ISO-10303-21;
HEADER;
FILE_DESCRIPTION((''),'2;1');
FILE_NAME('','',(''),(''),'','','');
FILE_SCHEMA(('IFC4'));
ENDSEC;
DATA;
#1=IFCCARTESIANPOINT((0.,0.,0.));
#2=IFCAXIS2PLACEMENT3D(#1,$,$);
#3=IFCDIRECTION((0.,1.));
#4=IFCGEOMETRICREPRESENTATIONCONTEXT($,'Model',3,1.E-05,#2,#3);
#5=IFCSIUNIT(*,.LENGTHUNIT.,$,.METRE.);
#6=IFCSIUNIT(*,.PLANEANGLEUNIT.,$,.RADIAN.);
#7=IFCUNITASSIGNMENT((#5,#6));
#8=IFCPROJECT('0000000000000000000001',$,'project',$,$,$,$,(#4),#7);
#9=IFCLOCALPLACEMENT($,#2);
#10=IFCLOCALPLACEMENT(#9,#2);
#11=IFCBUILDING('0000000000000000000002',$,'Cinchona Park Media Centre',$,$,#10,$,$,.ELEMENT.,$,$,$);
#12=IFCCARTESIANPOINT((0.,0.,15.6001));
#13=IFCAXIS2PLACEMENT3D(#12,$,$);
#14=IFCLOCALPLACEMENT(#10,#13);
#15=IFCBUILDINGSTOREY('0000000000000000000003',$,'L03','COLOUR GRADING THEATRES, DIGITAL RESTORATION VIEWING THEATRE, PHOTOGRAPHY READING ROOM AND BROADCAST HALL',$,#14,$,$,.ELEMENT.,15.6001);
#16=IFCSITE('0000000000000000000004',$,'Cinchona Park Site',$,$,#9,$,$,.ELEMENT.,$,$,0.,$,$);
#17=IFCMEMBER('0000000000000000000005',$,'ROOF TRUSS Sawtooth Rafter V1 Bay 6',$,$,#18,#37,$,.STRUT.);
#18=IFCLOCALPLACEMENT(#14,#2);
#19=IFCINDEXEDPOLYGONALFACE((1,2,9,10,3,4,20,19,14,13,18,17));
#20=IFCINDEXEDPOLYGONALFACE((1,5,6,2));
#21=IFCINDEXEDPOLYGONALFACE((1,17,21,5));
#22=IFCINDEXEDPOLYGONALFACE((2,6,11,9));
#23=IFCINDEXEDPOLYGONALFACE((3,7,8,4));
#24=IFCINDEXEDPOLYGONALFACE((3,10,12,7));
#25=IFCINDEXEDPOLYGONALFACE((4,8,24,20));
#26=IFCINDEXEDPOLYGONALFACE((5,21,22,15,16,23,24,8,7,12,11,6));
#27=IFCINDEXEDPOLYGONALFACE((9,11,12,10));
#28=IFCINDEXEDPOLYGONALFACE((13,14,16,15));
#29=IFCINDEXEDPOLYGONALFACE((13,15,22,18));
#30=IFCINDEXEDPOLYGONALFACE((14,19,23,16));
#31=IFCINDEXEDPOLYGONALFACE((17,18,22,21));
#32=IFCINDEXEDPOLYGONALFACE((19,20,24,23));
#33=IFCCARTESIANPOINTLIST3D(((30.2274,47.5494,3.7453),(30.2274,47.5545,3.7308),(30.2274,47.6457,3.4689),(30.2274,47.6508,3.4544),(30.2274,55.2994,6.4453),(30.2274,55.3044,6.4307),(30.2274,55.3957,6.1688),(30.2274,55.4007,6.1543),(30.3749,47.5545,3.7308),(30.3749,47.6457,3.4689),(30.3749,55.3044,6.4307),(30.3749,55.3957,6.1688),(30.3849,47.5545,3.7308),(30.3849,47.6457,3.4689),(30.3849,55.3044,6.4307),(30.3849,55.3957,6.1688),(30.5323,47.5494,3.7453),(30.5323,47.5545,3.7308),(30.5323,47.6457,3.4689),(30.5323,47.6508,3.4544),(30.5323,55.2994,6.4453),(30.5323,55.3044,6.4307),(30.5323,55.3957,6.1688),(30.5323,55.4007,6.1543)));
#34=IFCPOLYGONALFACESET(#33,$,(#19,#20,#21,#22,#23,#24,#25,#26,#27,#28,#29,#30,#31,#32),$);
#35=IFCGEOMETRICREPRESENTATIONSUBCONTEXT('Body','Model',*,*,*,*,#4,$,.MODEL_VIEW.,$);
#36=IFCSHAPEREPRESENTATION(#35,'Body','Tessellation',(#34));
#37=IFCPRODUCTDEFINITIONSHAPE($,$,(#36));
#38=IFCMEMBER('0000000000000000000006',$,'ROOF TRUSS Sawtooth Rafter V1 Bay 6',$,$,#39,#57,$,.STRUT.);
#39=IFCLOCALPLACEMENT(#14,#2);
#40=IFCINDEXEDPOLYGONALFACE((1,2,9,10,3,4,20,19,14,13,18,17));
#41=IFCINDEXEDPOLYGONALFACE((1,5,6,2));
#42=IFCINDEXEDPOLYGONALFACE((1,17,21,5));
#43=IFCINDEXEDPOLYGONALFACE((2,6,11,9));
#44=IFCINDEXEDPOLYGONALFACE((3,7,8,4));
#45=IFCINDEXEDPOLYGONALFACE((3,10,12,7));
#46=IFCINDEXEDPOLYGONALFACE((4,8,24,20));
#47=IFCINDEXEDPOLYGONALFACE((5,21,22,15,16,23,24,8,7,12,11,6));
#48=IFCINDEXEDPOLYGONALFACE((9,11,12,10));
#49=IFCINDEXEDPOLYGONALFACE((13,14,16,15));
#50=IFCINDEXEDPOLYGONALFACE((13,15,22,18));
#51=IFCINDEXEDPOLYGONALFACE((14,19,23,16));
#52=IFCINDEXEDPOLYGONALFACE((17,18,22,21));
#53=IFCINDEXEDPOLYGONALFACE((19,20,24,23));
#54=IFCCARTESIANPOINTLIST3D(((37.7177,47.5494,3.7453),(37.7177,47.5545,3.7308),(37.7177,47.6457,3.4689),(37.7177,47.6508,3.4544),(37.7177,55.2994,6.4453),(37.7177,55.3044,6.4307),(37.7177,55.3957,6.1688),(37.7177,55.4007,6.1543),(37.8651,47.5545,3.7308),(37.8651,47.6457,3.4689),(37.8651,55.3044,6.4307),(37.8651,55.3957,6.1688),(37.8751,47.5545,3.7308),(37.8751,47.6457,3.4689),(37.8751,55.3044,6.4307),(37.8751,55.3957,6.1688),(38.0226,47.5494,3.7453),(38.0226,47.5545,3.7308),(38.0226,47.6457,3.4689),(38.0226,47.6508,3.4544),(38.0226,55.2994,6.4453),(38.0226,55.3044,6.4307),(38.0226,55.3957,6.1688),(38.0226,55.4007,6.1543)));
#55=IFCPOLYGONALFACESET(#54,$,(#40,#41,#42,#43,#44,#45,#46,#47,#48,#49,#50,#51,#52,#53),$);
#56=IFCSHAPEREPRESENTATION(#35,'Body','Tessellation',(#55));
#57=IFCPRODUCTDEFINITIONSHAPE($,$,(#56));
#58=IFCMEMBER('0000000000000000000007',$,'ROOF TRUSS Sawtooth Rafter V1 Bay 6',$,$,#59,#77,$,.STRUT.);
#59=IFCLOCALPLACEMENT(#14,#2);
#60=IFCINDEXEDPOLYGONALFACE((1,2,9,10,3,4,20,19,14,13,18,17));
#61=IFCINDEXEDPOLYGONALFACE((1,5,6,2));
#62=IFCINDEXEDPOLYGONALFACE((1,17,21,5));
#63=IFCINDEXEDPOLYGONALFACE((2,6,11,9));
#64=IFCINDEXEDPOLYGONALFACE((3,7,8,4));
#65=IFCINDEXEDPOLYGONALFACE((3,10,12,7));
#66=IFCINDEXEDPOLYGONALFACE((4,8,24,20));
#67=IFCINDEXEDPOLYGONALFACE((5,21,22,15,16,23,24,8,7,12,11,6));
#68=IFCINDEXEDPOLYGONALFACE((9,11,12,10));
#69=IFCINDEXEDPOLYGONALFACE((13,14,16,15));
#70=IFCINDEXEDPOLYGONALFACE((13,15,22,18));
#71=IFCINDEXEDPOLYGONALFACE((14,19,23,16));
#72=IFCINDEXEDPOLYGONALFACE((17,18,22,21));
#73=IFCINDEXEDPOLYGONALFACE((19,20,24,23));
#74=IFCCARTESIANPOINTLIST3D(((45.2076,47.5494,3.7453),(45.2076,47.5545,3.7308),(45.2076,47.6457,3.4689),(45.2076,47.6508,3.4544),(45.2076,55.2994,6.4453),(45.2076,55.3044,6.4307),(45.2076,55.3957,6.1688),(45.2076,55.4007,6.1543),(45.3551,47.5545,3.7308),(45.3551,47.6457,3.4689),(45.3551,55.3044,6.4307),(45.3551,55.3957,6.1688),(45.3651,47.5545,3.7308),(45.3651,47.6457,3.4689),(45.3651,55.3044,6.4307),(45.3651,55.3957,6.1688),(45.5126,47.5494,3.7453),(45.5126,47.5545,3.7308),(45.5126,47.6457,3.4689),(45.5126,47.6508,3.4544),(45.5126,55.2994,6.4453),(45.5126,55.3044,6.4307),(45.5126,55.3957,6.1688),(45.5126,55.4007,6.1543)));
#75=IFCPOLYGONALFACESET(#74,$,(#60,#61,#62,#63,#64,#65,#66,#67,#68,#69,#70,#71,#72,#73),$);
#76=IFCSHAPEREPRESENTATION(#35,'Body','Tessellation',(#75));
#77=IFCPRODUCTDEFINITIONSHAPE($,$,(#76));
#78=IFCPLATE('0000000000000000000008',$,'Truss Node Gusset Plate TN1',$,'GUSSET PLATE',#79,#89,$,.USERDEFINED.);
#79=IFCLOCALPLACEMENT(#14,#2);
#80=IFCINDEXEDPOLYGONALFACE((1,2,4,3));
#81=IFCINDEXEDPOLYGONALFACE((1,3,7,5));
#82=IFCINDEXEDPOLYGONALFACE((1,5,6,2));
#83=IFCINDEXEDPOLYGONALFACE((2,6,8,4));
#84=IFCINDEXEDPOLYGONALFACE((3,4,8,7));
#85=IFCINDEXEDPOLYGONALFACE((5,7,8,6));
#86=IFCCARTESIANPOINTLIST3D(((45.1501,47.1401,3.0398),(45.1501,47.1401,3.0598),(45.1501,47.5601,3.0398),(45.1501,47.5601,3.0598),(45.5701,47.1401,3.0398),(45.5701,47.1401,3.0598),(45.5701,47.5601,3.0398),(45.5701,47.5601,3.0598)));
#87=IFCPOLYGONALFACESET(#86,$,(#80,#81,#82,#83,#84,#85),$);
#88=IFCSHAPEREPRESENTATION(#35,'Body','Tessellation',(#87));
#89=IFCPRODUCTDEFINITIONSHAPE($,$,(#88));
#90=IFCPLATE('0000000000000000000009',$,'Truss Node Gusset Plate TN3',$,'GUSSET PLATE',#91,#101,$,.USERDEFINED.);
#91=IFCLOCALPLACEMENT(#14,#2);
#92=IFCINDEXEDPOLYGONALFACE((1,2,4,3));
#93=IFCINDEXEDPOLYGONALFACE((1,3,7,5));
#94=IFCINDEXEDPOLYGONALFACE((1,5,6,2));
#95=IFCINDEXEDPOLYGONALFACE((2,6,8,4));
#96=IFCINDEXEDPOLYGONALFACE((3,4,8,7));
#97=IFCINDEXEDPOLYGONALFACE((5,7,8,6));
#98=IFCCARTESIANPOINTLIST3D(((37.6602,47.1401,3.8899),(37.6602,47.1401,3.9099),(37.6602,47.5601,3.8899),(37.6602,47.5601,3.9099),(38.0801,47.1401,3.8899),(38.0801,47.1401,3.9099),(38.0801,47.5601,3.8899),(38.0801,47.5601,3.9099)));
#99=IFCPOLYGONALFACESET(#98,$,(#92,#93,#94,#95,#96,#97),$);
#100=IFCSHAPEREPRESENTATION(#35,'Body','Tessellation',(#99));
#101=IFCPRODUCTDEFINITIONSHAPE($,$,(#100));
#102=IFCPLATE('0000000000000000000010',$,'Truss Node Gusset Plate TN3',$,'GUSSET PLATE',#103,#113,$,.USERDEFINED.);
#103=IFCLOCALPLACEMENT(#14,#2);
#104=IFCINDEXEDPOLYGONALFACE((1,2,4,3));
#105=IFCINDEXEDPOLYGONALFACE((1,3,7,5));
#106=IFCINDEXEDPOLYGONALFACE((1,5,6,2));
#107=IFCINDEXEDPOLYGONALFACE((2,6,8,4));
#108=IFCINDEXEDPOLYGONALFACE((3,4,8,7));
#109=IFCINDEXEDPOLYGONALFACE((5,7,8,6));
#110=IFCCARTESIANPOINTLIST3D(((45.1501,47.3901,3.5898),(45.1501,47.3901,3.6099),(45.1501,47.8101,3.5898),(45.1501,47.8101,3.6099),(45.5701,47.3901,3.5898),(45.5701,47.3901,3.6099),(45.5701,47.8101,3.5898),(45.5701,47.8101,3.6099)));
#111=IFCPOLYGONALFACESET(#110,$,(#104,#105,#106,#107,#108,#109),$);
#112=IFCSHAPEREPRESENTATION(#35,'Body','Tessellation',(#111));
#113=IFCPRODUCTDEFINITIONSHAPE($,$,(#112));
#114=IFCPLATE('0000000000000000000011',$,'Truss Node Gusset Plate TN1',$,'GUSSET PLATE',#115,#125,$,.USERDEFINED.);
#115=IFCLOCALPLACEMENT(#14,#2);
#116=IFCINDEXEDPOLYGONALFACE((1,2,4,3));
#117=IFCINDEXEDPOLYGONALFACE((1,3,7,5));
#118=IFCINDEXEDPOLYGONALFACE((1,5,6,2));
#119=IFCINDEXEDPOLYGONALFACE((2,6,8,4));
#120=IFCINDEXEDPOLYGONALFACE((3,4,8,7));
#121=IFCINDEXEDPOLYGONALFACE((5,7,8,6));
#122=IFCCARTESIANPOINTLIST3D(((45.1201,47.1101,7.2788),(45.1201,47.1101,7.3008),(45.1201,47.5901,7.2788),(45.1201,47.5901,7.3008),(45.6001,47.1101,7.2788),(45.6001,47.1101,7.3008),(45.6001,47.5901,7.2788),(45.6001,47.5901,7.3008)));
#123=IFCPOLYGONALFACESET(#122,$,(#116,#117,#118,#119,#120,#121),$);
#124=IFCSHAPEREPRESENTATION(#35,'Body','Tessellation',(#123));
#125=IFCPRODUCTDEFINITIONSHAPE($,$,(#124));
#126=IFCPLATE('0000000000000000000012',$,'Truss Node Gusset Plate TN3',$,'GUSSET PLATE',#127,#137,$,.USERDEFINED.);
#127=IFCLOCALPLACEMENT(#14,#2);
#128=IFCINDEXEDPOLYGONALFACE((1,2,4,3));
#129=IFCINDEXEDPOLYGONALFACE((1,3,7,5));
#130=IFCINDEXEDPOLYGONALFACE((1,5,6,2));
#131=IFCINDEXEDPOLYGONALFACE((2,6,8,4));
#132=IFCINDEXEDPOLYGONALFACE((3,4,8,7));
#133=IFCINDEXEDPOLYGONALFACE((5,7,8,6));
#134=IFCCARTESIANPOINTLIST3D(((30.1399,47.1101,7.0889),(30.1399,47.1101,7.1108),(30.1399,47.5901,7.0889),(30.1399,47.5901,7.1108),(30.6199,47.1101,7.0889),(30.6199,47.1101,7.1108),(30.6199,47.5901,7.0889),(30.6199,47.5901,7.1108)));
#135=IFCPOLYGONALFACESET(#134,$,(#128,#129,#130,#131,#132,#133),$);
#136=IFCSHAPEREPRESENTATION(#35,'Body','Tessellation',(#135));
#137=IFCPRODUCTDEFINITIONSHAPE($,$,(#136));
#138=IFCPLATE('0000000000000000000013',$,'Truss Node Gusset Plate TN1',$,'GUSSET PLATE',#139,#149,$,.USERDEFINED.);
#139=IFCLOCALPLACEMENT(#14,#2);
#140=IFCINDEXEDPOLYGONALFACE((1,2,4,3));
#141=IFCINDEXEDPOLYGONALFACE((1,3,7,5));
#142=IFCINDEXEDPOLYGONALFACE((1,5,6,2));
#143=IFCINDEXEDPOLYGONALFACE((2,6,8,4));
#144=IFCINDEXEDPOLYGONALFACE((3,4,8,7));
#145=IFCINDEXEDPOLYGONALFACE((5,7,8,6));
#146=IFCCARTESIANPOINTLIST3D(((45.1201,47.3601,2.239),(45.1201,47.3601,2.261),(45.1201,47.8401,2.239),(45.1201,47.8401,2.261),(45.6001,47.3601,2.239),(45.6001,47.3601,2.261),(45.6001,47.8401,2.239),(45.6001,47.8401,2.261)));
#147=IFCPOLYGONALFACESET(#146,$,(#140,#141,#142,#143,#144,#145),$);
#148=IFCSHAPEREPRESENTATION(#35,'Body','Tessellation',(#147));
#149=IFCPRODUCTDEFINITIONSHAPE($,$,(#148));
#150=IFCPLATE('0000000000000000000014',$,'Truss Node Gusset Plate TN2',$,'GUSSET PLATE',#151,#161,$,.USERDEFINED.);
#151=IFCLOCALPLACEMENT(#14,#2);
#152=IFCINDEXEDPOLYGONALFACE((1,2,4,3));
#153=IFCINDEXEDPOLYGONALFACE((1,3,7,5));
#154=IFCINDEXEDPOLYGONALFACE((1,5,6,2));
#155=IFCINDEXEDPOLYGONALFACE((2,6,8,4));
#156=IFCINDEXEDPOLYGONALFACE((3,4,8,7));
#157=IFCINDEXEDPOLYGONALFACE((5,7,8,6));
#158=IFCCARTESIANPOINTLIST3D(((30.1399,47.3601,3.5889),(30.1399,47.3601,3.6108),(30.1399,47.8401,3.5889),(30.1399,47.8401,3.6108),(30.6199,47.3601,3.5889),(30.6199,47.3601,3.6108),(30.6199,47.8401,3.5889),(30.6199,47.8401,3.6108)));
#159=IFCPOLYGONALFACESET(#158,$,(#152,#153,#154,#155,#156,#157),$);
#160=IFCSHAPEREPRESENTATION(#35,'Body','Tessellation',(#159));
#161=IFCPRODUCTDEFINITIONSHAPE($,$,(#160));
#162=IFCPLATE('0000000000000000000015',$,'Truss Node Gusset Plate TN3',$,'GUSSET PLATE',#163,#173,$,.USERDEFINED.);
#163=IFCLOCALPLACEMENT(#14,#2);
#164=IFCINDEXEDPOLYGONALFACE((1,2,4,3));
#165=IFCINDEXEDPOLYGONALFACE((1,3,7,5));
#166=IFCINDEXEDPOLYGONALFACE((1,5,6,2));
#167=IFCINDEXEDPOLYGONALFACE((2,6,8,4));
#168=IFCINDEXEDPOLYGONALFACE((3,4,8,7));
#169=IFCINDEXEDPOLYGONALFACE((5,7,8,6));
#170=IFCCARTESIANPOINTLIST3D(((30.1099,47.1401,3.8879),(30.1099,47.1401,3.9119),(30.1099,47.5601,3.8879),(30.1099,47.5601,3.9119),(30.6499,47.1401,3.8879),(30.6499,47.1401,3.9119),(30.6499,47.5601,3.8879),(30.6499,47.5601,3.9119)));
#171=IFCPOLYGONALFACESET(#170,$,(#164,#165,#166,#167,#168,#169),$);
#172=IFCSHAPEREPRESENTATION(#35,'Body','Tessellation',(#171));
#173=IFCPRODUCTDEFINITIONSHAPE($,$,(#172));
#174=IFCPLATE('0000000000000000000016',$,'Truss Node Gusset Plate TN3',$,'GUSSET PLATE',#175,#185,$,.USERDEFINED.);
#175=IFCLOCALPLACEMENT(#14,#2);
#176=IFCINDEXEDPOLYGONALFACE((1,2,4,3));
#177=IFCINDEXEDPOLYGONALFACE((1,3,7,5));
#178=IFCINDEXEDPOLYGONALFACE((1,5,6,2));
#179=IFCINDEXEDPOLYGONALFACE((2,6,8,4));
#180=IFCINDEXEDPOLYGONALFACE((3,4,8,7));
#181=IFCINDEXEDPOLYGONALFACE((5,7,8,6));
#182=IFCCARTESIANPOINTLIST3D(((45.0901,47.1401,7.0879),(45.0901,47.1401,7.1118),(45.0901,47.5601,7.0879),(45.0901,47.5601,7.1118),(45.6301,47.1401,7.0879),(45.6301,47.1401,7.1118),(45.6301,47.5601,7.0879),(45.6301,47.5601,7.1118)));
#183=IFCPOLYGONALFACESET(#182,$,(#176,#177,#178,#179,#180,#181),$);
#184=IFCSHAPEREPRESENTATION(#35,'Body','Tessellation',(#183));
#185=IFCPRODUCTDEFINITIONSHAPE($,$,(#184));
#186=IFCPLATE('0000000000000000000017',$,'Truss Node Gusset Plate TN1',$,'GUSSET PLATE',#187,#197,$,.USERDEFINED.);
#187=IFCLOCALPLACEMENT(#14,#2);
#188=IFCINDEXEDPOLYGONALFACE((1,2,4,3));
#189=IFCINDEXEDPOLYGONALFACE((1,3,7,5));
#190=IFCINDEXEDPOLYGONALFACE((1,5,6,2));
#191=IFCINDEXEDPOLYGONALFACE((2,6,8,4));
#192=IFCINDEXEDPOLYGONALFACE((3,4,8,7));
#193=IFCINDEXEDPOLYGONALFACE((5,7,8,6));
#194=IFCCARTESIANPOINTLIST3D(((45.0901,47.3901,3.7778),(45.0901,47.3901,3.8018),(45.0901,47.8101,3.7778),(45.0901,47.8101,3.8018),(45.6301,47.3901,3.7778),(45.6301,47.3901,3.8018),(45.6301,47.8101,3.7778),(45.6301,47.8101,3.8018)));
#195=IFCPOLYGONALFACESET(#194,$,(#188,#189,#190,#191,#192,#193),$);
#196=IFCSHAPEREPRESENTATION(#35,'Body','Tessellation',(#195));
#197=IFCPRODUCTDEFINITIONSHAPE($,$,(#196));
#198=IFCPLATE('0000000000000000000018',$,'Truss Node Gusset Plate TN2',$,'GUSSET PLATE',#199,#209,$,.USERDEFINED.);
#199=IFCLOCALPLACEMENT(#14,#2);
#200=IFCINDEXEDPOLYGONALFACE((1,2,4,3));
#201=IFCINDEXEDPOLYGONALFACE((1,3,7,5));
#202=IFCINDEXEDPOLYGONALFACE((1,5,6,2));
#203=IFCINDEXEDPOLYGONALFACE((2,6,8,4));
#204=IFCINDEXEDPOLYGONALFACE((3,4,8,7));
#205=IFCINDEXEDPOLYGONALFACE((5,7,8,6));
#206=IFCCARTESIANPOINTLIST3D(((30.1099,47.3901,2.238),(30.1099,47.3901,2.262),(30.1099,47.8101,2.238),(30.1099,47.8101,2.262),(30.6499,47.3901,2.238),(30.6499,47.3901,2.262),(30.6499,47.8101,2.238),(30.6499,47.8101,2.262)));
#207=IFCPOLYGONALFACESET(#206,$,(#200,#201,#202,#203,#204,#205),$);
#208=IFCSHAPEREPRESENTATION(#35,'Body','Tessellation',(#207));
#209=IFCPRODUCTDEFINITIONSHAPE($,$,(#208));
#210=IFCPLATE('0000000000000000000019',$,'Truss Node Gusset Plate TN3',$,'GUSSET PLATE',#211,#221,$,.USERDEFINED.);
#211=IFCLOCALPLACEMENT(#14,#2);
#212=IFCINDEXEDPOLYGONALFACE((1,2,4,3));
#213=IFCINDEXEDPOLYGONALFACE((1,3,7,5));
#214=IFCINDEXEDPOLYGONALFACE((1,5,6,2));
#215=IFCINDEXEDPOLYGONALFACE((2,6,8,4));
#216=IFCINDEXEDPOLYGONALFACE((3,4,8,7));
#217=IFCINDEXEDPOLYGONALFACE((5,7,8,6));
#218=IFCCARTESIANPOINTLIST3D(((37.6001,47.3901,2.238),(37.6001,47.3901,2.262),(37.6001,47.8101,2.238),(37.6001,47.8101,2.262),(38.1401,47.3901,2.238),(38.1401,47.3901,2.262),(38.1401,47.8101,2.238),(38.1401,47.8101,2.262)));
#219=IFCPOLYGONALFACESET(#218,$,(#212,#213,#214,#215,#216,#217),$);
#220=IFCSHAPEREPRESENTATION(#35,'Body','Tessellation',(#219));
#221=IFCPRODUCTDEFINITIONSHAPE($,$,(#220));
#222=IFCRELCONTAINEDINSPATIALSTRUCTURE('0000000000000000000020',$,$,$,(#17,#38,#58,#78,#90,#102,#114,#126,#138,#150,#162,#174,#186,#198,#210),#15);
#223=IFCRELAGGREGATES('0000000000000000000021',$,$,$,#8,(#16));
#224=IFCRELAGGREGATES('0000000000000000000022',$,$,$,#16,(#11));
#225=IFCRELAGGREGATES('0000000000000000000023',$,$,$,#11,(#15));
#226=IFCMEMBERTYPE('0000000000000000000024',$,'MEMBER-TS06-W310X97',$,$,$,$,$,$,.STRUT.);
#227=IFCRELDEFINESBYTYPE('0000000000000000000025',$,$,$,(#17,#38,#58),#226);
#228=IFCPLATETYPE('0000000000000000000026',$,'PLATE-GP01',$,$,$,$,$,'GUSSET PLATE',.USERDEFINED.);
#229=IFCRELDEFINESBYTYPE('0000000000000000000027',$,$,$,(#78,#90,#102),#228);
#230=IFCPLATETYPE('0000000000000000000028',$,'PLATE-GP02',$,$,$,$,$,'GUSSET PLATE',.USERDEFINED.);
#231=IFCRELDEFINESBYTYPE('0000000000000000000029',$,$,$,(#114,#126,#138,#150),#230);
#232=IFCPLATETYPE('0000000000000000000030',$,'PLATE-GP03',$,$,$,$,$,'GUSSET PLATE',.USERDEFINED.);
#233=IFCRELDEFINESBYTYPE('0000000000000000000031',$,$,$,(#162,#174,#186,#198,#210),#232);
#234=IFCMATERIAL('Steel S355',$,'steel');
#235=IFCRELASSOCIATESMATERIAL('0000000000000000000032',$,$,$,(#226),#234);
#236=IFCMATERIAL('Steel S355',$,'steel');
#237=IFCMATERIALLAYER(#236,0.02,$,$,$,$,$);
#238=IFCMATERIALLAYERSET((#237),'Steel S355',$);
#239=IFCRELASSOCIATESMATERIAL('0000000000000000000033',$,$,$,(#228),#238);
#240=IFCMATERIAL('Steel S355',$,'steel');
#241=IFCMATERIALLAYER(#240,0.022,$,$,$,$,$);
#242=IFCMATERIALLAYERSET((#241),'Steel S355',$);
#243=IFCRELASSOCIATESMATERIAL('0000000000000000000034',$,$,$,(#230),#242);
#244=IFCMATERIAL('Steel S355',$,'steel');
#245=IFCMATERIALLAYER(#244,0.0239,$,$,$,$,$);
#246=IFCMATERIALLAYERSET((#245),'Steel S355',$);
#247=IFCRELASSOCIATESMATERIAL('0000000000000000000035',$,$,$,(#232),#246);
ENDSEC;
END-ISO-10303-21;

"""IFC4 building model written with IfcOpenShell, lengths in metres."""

from ifc_helpers import new_model, si_unit, direction, frame, origin, origin_2d, place, context, subcontext, project, spatial, rectangle, i_section, extrude, material, layer, layer_set, material_profile, profile_set, type_object, element, save


model = new_model("IFC4")

# Units and contexts
model_context = context("Model", 3, precision=1e-05, world=origin(), true_north=direction((0.0, 1.0)))
body_context = subcontext(model_context, "Body", "Model", "MODEL_VIEW")
ifc_project = project(units=[si_unit("LENGTHUNIT", "METRE"), si_unit("PLANEANGLEUNIT", "RADIAN")], contexts=[model_context])

# Site, building, storey
site_placement = place(None, origin())
site = spatial("IfcSite", under=ifc_project, at=site_placement, Name="Cinchona Park Site", CompositionType="ELEMENT", RefElevation=0.0)
building_placement = place(site_placement, origin())
building = spatial("IfcBuilding", under=site, at=building_placement, Name="Cinchona Park Media Centre", CompositionType="ELEMENT")
storey_placement = place(building_placement, frame((0.0, 0.0, 15.6001)))
storey = spatial("IfcBuildingStorey", under=building, at=storey_placement, Name="L03", Description="COLOUR GRADING THEATRES, DIGITAL RESTORATION VIEWING THEATRE, PHOTOGRAPHY READING ROOM AND BROADCAST HALL", CompositionType="ELEMENT", Elevation=15.6001)

# Members
ifc_material_1 = material(Name="Steel S355", Category="steel")
ifc_material_profile_1 = material_profile(ifc_material_1, i_section(OverallWidth=0.3049, OverallDepth=0.3081, WebThickness=0.01, FlangeThickness=0.0154, at=origin_2d()), Name="W310X97")
ifc_profile_set_1 = profile_set([ifc_material_profile_1], Name="Steel S355")
member_type_1 = type_object("IfcMemberType", Name="MEMBER-TS06-W310X97", PredefinedType="STRUT", material=ifc_profile_set_1)
for number, where, z_axis, x_axis, name in (
    (1, (30.3799, 47.6001, 3.5999), (0.0, 0.944334, 0.328988), (-1.0, 0.0, 0.0), "ROOF TRUSS Sawtooth Rafter V1 Bay 6"),
    (2, (37.8701, 47.6001, 3.5999), (0.0, 0.944334, 0.328988), (-1.0, 0.0, 0.0), "ROOF TRUSS Sawtooth Rafter V1 Bay 6"),
    (3, (45.3601, 47.6001, 3.5999), (0.0, 0.944334, 0.328988), (-1.0, 0.0, 0.0), "ROOF TRUSS Sawtooth Rafter V1 Bay 6"),
):
    element("IfcMember", number, at=place(storey_placement, frame(where, z_axis=z_axis, x_axis=x_axis)), inside=storey, type_object=member_type_1, Name=name, PredefinedType="STRUT", context=body_context, shape_type="SweptSolid", body=[
        extrude(i_section(OverallWidth=0.3049, OverallDepth=0.3081, WebThickness=0.01, FlangeThickness=0.0154, at=origin_2d()), origin(), (0.0, 0.0, 1.0), 8.2068),
    ])

# Plates
ifc_material_2 = material(Name="Steel S355", Category="steel")
ifc_layer_1 = layer(ifc_material_2, 0.02)
ifc_layer_set_1 = layer_set([ifc_layer_1], Name="Steel S355")
plate_type_1 = type_object("IfcPlateType", Name="PLATE-GP01", ElementType="GUSSET PLATE", PredefinedType="USERDEFINED", material=ifc_layer_set_1)
for number, where, z_axis, x_axis, name in (
    (4, (45.3601, 47.3501, 3.0398), (0.0, 0.0, 1.0), (1.0, 0.0, 0.0), "Truss Node Gusset Plate TN1"),
    (5, (37.8701, 47.3501, 3.8899), (0.0, 0.0, 1.0), (1.0, 0.0, 0.0), "Truss Node Gusset Plate TN3"),
    (6, (45.3601, 47.6001, 3.5898), (0.0, 0.0, 1.0), (1.0, 0.0, 0.0), "Truss Node Gusset Plate TN3"),
):
    element("IfcPlate", number, at=place(storey_placement, frame(where, z_axis=z_axis, x_axis=x_axis)), inside=storey, type_object=plate_type_1, Name=name, ObjectType="GUSSET PLATE", PredefinedType="USERDEFINED", context=body_context, shape_type="SweptSolid", body=[
        extrude(rectangle(XDim=0.4199, YDim=0.4199, at=origin_2d()), origin(), (0.0, 0.0, 1.0), 0.02),
    ])
ifc_material_3 = material(Name="Steel S355", Category="steel")
ifc_layer_2 = layer(ifc_material_3, 0.022)
ifc_layer_set_2 = layer_set([ifc_layer_2], Name="Steel S355")
plate_type_2 = type_object("IfcPlateType", Name="PLATE-GP02", ElementType="GUSSET PLATE", PredefinedType="USERDEFINED", material=ifc_layer_set_2)
for number, where, z_axis, x_axis, name in (
    (7, (45.3601, 47.3501, 7.2788), (0.0, 0.0, 1.0), (1.0, 0.0, 0.0), "Truss Node Gusset Plate TN1"),
    (8, (30.3799, 47.3501, 7.0889), (0.0, 0.0, 1.0), (1.0, 0.0, 0.0), "Truss Node Gusset Plate TN3"),
    (9, (45.3601, 47.6001, 2.239), (0.0, 0.0, 1.0), (1.0, 0.0, 0.0), "Truss Node Gusset Plate TN1"),
    (10, (30.3799, 47.6001, 3.5889), (0.0, 0.0, 1.0), (1.0, 0.0, 0.0), "Truss Node Gusset Plate TN2"),
):
    element("IfcPlate", number, at=place(storey_placement, frame(where, z_axis=z_axis, x_axis=x_axis)), inside=storey, type_object=plate_type_2, Name=name, ObjectType="GUSSET PLATE", PredefinedType="USERDEFINED", context=body_context, shape_type="SweptSolid", body=[
        extrude(rectangle(XDim=0.48, YDim=0.48, at=origin_2d()), origin(), (0.0, 0.0, 1.0), 0.022),
    ])
ifc_material_4 = material(Name="Steel S355", Category="steel")
ifc_layer_3 = layer(ifc_material_4, 0.0239)
ifc_layer_set_3 = layer_set([ifc_layer_3], Name="Steel S355")
plate_type_3 = type_object("IfcPlateType", Name="PLATE-GP03", ElementType="GUSSET PLATE", PredefinedType="USERDEFINED", material=ifc_layer_set_3)
for number, where, z_axis, x_axis, name in (
    (11, (30.3799, 47.3501, 3.8879), (0.0, 0.0, 1.0), (1.0, 0.0, 0.0), "Truss Node Gusset Plate TN3"),
    (12, (45.3601, 47.3501, 7.0879), (0.0, 0.0, 1.0), (1.0, 0.0, 0.0), "Truss Node Gusset Plate TN3"),
    (13, (45.3601, 47.6001, 3.7778), (0.0, 0.0, 1.0), (1.0, 0.0, 0.0), "Truss Node Gusset Plate TN1"),
    (14, (30.3799, 47.6001, 2.238), (0.0, 0.0, 1.0), (1.0, 0.0, 0.0), "Truss Node Gusset Plate TN2"),
    (15, (37.8701, 47.6001, 2.238), (0.0, 0.0, 1.0), (1.0, 0.0, 0.0), "Truss Node Gusset Plate TN3"),
):
    element("IfcPlate", number, at=place(storey_placement, frame(where, z_axis=z_axis, x_axis=x_axis)), inside=storey, type_object=plate_type_3, Name=name, ObjectType="GUSSET PLATE", PredefinedType="USERDEFINED", context=body_context, shape_type="SweptSolid", body=[
        extrude(rectangle(XDim=0.54, YDim=0.4199, at=origin_2d()), origin(), (0.0, 0.0, 1.0), 0.0239),
    ])

save(model, "model.ifc")
